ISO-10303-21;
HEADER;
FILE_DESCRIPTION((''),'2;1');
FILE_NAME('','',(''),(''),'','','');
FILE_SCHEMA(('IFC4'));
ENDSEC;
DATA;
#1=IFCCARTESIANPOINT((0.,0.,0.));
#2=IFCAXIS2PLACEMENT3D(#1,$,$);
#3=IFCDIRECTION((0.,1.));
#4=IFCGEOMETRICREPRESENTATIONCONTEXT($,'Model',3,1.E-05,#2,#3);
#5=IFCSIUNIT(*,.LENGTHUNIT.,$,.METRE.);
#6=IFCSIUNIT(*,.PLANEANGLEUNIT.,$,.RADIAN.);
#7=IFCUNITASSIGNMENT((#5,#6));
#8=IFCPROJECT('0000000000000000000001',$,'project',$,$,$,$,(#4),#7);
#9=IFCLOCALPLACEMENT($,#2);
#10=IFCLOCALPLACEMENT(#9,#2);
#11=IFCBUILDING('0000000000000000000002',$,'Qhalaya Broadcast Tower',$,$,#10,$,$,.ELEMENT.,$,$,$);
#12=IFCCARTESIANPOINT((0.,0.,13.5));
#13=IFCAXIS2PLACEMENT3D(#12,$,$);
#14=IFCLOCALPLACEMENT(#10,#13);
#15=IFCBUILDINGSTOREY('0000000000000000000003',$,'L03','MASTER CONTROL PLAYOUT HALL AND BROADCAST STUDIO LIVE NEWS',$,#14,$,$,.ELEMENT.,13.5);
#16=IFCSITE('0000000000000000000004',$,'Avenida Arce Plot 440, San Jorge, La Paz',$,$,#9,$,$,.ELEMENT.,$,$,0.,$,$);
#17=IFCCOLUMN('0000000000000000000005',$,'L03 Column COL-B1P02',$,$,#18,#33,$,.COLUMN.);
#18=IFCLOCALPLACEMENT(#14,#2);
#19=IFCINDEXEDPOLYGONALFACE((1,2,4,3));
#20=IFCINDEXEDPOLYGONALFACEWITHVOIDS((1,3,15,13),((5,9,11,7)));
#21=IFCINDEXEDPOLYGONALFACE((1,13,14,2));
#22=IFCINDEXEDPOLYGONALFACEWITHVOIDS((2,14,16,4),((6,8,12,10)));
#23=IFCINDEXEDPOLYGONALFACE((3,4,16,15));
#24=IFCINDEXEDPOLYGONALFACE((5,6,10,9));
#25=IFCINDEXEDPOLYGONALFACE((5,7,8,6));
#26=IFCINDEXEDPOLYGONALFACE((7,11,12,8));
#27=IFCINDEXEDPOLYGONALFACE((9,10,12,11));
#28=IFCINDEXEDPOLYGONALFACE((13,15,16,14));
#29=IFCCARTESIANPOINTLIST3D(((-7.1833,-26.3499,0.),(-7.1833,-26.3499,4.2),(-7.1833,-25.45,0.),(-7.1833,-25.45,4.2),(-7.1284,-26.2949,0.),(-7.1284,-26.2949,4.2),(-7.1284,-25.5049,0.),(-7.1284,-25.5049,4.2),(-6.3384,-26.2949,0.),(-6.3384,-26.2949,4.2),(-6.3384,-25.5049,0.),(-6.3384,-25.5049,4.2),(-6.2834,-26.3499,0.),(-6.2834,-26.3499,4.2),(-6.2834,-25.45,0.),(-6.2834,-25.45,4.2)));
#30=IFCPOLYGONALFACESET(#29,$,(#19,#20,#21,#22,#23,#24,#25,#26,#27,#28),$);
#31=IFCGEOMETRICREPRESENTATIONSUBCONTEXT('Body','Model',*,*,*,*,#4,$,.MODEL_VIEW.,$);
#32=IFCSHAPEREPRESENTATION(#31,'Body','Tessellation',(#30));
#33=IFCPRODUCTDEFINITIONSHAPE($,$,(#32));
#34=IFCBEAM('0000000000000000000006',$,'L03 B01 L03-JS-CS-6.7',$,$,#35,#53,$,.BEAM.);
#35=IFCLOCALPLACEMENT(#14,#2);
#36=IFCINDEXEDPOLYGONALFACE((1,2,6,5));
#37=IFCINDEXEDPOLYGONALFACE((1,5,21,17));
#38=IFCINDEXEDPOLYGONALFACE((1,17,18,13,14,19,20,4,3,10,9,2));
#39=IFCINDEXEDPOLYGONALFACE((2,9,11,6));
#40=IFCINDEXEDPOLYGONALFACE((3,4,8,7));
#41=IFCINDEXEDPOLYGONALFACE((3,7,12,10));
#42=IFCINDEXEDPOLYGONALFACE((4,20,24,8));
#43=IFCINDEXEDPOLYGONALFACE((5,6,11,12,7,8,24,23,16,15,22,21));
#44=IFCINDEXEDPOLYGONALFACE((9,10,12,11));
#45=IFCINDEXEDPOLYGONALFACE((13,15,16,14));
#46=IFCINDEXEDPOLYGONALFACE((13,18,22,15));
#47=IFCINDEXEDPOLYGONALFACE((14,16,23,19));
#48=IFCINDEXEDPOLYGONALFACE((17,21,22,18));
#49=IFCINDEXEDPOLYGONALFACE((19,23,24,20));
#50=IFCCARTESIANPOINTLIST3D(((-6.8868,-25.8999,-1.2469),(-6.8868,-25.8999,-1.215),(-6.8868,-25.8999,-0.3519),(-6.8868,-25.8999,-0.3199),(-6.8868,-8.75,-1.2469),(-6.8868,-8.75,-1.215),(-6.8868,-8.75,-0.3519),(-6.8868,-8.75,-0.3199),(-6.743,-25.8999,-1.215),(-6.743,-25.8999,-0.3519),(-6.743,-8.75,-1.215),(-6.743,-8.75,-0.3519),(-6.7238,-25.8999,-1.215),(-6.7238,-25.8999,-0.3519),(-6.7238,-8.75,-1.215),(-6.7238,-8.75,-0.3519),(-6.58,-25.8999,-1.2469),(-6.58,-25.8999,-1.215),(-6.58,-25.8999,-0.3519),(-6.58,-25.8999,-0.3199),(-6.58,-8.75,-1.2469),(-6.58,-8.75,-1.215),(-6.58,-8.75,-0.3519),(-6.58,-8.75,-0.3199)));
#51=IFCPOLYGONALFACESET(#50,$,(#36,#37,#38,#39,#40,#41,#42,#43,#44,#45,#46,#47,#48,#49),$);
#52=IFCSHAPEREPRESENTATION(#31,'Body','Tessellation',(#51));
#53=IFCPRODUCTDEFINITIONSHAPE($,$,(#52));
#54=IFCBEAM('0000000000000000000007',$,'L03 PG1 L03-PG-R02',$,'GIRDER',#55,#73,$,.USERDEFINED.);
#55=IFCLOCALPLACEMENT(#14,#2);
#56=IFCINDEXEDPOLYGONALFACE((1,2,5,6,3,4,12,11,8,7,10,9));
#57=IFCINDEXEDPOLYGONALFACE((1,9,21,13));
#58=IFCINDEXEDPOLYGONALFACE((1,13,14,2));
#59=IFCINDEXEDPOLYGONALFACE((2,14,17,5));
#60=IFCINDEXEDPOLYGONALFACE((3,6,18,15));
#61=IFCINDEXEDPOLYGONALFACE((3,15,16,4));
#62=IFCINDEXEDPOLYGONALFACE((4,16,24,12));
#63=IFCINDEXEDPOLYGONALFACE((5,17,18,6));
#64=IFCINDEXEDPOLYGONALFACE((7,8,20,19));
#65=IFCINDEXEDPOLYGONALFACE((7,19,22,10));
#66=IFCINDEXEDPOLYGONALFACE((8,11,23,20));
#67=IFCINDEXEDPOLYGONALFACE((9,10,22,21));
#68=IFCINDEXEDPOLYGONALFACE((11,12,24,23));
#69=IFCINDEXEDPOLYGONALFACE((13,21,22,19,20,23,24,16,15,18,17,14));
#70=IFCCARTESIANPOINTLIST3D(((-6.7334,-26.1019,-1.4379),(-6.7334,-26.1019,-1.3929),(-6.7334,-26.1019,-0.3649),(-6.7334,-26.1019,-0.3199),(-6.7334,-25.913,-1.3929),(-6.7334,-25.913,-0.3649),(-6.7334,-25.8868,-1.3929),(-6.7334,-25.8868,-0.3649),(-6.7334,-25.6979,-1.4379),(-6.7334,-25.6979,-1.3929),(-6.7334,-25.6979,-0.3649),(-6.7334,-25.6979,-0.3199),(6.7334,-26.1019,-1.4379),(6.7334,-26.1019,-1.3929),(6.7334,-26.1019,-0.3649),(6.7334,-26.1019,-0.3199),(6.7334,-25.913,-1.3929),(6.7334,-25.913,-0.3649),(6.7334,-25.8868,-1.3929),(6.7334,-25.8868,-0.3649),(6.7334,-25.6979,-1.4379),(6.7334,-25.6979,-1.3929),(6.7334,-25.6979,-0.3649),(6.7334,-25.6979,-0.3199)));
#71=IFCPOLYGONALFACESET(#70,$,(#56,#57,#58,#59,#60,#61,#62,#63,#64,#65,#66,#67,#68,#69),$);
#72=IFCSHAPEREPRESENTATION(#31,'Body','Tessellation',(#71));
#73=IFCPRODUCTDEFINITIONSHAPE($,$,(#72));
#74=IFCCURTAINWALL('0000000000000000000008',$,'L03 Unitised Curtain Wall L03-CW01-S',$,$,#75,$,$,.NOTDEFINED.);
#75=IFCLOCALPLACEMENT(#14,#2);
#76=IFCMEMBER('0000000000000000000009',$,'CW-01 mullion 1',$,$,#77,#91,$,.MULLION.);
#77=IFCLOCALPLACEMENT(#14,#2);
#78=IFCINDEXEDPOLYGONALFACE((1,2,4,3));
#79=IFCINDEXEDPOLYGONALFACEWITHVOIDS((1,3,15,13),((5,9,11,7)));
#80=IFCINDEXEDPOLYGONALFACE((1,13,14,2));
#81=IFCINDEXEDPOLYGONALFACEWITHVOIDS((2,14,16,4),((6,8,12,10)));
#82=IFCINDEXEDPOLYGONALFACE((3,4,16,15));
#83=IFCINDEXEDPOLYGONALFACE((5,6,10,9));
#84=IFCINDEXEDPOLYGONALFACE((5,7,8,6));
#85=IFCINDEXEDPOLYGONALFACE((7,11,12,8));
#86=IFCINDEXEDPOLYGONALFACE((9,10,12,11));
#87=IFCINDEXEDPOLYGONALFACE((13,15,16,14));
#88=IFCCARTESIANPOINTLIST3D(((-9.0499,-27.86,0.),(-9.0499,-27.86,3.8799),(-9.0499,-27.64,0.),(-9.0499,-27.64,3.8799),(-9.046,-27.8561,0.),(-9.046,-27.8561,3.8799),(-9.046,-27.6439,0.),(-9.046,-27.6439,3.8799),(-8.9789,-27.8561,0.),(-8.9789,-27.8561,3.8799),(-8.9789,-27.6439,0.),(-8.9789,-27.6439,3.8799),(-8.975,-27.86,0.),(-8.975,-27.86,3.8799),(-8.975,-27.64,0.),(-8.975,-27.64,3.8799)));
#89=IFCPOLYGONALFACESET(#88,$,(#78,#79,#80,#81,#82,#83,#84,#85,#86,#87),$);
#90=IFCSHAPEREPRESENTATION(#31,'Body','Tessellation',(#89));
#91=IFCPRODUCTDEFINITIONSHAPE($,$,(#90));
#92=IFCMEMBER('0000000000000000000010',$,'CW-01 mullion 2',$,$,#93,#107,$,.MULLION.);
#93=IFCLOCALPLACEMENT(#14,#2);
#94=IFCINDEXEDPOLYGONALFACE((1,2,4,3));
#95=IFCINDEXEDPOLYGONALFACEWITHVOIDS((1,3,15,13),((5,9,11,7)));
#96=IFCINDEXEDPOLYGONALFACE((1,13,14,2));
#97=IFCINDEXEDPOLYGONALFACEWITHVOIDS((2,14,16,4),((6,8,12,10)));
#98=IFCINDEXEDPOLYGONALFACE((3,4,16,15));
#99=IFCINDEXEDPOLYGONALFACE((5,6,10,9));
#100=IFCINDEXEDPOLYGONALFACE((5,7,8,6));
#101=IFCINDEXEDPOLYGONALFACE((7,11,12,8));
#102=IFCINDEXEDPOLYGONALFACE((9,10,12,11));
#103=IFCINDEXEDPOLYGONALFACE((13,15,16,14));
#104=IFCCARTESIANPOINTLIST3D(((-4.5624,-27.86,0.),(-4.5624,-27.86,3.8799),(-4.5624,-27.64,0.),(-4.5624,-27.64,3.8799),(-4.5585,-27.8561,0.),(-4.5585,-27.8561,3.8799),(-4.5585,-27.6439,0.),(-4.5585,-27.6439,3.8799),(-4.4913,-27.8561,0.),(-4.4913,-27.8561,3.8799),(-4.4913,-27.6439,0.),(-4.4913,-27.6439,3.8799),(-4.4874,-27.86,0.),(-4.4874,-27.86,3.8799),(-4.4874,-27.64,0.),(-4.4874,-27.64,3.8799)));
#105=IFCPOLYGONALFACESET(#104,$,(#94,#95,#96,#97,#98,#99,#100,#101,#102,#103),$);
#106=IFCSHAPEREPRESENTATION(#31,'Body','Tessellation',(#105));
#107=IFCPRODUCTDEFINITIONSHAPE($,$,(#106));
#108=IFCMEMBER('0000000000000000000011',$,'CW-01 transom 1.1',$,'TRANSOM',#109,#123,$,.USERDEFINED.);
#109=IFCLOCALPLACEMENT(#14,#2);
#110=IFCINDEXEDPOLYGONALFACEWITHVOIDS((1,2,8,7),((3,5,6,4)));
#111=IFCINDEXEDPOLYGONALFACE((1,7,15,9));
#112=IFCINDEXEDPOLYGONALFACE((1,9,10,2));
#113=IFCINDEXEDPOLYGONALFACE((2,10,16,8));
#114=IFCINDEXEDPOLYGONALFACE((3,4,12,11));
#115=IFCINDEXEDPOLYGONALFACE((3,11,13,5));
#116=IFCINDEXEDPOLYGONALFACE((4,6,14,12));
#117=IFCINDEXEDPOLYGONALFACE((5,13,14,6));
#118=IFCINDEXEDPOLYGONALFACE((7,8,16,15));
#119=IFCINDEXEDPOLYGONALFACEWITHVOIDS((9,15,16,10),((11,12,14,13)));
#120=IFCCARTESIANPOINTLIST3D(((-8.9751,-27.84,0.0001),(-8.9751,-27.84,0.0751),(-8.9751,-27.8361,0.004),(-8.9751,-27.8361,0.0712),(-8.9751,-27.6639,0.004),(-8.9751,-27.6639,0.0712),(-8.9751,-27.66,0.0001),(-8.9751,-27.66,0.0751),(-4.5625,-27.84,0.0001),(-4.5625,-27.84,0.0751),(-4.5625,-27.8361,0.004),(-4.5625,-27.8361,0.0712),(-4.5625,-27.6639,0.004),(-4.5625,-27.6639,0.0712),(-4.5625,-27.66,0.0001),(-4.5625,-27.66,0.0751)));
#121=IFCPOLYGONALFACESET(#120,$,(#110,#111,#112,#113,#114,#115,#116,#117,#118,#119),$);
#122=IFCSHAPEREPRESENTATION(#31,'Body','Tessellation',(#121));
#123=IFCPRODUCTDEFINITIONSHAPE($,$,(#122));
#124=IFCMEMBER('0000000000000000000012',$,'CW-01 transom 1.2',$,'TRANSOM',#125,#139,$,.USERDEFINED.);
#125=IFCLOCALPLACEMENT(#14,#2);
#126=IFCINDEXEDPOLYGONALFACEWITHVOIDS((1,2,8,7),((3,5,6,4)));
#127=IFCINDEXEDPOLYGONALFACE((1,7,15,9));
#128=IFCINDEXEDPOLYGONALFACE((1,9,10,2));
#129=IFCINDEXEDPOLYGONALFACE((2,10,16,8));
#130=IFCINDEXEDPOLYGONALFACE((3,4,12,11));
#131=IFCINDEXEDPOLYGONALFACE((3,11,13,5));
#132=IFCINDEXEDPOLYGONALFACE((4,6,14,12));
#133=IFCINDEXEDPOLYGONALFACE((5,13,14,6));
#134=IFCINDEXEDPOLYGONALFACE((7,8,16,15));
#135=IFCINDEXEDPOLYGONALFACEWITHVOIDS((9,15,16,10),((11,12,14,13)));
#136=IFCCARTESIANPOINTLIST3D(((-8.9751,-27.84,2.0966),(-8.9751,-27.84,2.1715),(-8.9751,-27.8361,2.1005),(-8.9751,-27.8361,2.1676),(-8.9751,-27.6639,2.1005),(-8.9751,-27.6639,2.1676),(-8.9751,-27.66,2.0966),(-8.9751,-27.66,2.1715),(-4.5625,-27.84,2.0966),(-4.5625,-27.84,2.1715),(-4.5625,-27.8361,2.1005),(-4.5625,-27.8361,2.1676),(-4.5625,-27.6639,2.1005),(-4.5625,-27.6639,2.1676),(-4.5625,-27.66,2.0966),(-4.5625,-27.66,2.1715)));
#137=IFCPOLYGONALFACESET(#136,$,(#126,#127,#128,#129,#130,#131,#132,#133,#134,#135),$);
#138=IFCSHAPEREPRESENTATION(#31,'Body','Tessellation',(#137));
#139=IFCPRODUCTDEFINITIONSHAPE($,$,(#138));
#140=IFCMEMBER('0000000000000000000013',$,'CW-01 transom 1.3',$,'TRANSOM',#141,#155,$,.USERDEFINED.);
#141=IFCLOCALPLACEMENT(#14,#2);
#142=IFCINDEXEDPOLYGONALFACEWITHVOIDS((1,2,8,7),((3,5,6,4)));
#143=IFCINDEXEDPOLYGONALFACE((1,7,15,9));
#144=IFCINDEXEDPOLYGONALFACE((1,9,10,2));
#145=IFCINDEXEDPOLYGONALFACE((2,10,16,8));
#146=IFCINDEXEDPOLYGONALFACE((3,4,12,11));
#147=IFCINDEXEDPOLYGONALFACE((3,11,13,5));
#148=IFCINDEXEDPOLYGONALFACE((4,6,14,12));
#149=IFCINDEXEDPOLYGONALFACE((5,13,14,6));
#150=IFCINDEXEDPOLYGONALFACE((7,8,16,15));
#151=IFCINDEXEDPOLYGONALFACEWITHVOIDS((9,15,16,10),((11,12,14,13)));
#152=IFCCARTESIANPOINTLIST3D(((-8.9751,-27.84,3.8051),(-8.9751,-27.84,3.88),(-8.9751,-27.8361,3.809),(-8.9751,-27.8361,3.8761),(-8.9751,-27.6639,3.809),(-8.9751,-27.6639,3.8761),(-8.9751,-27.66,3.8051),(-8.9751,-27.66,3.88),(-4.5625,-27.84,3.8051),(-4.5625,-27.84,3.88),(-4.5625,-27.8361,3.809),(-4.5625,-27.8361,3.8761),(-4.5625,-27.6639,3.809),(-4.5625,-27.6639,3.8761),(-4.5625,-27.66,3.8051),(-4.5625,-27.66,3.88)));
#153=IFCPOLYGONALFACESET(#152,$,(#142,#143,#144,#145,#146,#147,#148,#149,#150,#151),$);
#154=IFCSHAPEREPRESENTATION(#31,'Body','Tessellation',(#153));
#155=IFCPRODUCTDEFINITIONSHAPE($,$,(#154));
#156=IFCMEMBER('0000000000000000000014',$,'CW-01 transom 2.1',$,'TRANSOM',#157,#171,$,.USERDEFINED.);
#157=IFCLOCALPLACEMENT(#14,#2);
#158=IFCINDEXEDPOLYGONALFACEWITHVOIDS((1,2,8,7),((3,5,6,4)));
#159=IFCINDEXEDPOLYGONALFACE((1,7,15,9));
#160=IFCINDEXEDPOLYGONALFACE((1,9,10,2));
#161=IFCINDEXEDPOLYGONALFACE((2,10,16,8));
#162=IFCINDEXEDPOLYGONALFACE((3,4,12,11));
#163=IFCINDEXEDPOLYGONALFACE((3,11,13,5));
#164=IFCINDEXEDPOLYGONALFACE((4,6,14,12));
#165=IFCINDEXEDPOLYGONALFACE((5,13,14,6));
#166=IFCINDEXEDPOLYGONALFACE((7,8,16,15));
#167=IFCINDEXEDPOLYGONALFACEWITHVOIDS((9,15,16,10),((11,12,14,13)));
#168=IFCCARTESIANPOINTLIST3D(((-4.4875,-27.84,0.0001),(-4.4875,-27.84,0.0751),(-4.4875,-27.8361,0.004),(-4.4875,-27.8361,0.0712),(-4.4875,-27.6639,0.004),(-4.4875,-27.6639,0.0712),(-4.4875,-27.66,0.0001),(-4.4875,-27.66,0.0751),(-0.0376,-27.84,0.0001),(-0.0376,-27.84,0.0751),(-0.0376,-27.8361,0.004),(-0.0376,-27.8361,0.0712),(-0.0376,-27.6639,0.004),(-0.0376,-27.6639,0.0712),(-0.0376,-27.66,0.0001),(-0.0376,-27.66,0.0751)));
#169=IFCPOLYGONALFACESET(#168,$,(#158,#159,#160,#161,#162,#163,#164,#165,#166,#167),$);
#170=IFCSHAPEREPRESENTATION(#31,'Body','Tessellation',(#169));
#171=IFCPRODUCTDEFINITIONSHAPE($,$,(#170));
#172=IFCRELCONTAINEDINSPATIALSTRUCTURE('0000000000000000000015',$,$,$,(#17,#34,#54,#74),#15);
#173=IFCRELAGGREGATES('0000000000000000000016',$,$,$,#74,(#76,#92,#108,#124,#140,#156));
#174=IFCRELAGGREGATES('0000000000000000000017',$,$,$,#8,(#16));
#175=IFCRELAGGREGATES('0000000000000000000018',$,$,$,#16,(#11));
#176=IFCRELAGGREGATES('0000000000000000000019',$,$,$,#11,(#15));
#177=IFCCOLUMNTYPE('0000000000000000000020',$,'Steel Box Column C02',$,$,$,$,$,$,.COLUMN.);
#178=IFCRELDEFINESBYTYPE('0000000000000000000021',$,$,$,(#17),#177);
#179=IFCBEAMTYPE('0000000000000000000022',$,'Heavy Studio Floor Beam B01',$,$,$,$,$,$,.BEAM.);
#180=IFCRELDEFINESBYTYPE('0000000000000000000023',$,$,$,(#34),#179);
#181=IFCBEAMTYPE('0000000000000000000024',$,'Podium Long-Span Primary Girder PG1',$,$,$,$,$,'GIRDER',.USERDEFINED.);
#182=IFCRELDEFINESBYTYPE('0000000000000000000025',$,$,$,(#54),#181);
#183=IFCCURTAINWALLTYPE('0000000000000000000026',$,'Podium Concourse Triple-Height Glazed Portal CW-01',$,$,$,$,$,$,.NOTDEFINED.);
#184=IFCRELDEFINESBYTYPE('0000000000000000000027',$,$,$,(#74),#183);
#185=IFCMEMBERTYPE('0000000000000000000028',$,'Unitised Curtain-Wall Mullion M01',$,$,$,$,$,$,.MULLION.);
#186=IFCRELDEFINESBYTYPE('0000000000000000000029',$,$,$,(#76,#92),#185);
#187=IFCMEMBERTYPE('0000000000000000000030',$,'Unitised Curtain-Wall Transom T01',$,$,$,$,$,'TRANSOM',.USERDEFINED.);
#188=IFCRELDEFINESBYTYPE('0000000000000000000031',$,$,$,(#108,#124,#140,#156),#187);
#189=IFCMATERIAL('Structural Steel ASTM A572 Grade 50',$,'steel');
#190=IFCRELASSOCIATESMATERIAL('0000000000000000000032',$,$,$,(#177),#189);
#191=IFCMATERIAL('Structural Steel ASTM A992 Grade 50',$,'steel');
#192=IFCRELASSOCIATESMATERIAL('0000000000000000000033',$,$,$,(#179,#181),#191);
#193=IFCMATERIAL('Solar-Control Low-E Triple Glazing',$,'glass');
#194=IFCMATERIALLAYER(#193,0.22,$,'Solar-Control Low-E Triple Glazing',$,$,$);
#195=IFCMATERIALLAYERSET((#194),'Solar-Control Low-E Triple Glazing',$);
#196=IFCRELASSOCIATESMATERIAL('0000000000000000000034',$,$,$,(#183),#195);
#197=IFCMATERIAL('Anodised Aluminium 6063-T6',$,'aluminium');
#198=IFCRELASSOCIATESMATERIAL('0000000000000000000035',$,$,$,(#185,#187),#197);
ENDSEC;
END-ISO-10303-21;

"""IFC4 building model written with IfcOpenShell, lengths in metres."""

from ifc_helpers import new_model, si_unit, direction, frame, origin, origin_2d, place, context, subcontext, project, spatial, hollow_rectangle, i_section, extrude, material, layer, layer_set, material_profile, profile_set, type_object, element, aggregate, save


model = new_model("IFC4")

# Units and contexts
model_context = context("Model", 3, precision=1e-05, world=origin(), true_north=direction((0.0, 1.0)))
body_context = subcontext(model_context, "Body", "Model", "MODEL_VIEW")
ifc_project = project(units=[si_unit("LENGTHUNIT", "METRE"), si_unit("PLANEANGLEUNIT", "RADIAN")], contexts=[model_context])

# Site, building, storey
site_placement = place(None, origin())
site = spatial("IfcSite", under=ifc_project, at=site_placement, Name="Avenida Arce Plot 440, San Jorge, La Paz", CompositionType="ELEMENT", RefElevation=0.0)
building_placement = place(site_placement, origin())
building = spatial("IfcBuilding", under=site, at=building_placement, Name="Qhalaya Broadcast Tower", CompositionType="ELEMENT")
storey_placement = place(building_placement, frame((0.0, 0.0, 13.5)))
storey = spatial("IfcBuildingStorey", under=building, at=storey_placement, Name="L03", Description="MASTER CONTROL PLAYOUT HALL AND BROADCAST STUDIO LIVE NEWS", CompositionType="ELEMENT", Elevation=13.5)

# Column
ifc_material_1 = material(Name="Structural Steel ASTM A572 Grade 50", Category="steel")
ifc_material_profile_1 = material_profile(ifc_material_1, hollow_rectangle(XDim=0.8999, YDim=0.8999, WallThickness=0.0549, at=origin_2d()), Name="BOX 900x900x55")
ifc_profile_set_1 = profile_set([ifc_material_profile_1], Name="Structural Steel ASTM A572 Grade 50")
column_type = type_object("IfcColumnType", Name="Steel Box Column C02", PredefinedType="COLUMN", material=ifc_profile_set_1)
column_placement = place(storey_placement, frame((-6.7334, -25.8999, 0.0), z_axis=(0.0, 0.0, 1.0), x_axis=(1.0, 0.0, 0.0)))
element("IfcColumn", 1, at=column_placement, inside=storey, type_object=column_type, Name="L03 Column COL-B1P02", PredefinedType="COLUMN", context=body_context, shape_type="SweptSolid", body=[
    extrude(hollow_rectangle(XDim=0.8999, YDim=0.8999, WallThickness=0.0549, at=origin_2d()), origin(), (0.0, 0.0, 1.0), 4.2),
])

# Beams
ifc_material_2 = material(Name="Structural Steel ASTM A992 Grade 50", Category="steel")
ifc_material_profile_2 = material_profile(ifc_material_2, i_section(OverallWidth=0.3069, OverallDepth=0.927, WebThickness=0.0193, FlangeThickness=0.032, at=origin_2d()), Name="W36X194")
ifc_profile_set_2 = profile_set([ifc_material_profile_2], Name="Structural Steel ASTM A992 Grade 50")
beam_type_1 = type_object("IfcBeamType", Name="Heavy Studio Floor Beam B01", PredefinedType="BEAM", material=ifc_profile_set_2)
beam_1_placement = place(storey_placement, frame((-6.7334, -25.8999, -0.7834), z_axis=(0.0, 1.0, 0.0), x_axis=(-1.0, 0.0, 0.0)))
element("IfcBeam", 2, at=beam_1_placement, inside=storey, type_object=beam_type_1, Name="L03 B01 L03-JS-CS-6.7", PredefinedType="BEAM", context=body_context, shape_type="SweptSolid", body=[
    extrude(i_section(OverallWidth=0.3069, OverallDepth=0.927, WebThickness=0.0193, FlangeThickness=0.032, at=origin_2d()), origin(), (0.0, 0.0, 1.0), 17.1499),
])
ifc_material_profile_3 = material_profile(ifc_material_2, i_section(OverallWidth=0.4041, OverallDepth=1.1179, WebThickness=0.0261, FlangeThickness=0.0449, at=origin_2d()), Name="W44X335")
ifc_profile_set_3 = profile_set([ifc_material_profile_3], Name="Structural Steel ASTM A992 Grade 50")
beam_type_2 = type_object("IfcBeamType", Name="Podium Long-Span Primary Girder PG1", ElementType="GIRDER", PredefinedType="USERDEFINED", material=ifc_profile_set_3)
beam_2_placement = place(storey_placement, frame((-6.7334, -25.8999, -0.8789), z_axis=(1.0, 0.0, 0.0), x_axis=(0.0, 1.0, 0.0)))
element("IfcBeam", 3, at=beam_2_placement, inside=storey, type_object=beam_type_2, Name="L03 PG1 L03-PG-R02", ObjectType="GIRDER", PredefinedType="USERDEFINED", context=body_context, shape_type="SweptSolid", body=[
    extrude(i_section(OverallWidth=0.4041, OverallDepth=1.1179, WebThickness=0.0261, FlangeThickness=0.0449, at=origin_2d()), origin(), (0.0, 0.0, 1.0), 13.4668),
])

# Curtain wall, members
ifc_material_3 = material(Name="Solar-Control Low-E Triple Glazing", Category="glass")
ifc_layer_1 = layer(ifc_material_3, 0.22, Name="Solar-Control Low-E Triple Glazing")
ifc_layer_set_1 = layer_set([ifc_layer_1], Name="Solar-Control Low-E Triple Glazing")
curtain_wall_type = type_object("IfcCurtainWallType", Name="Podium Concourse Triple-Height Glazed Portal CW-01", PredefinedType="NOTDEFINED", material=ifc_layer_set_1)
curtain_wall_placement = place(storey_placement, origin())
curtain_wall = element("IfcCurtainWall", 4, at=curtain_wall_placement, inside=storey, type_object=curtain_wall_type, Name="L03 Unitised Curtain Wall L03-CW01-S", PredefinedType="NOTDEFINED")
ifc_material_4 = material(Name="Anodised Aluminium 6063-T6", Category="aluminium")
ifc_material_profile_4 = material_profile(ifc_material_4, hollow_rectangle(XDim=0.075, YDim=0.22, WallThickness=0.0039, at=origin_2d()), Name="ALU-MUL 75x220x4")
ifc_profile_set_4 = profile_set([ifc_material_profile_4], Name="Anodised Aluminium 6063-T6")
member_type_1 = type_object("IfcMemberType", Name="Unitised Curtain-Wall Mullion M01", PredefinedType="MULLION", material=ifc_profile_set_4)
member_1_placement = place(storey_placement, frame((-9.0125, -27.75, 0.0), z_axis=(0.0, 0.0, 1.0), x_axis=(1.0, 0.0, 0.0)))
member_1 = element("IfcMember", 5, at=member_1_placement, type_object=member_type_1, Name="CW-01 mullion 1", PredefinedType="MULLION", context=body_context, shape_type="SweptSolid", body=[
    extrude(hollow_rectangle(XDim=0.075, YDim=0.22, WallThickness=0.0039, at=origin_2d()), origin(), (0.0, 0.0, 1.0), 3.8799),
])
member_2_placement = place(storey_placement, frame((-4.5249, -27.75, 0.0), z_axis=(0.0, 0.0, 1.0), x_axis=(1.0, 0.0, 0.0)))
member_2 = element("IfcMember", 6, at=member_2_placement, type_object=member_type_1, Name="CW-01 mullion 2", PredefinedType="MULLION", context=body_context, shape_type="SweptSolid", body=[
    extrude(hollow_rectangle(XDim=0.075, YDim=0.22, WallThickness=0.0039, at=origin_2d()), origin(), (0.0, 0.0, 1.0), 3.8799),
])
ifc_material_profile_5 = material_profile(ifc_material_4, hollow_rectangle(XDim=0.075, YDim=0.1799, WallThickness=0.0039, at=origin_2d()), Name="ALU-TRN 75x180x4")
ifc_profile_set_5 = profile_set([ifc_material_profile_5], Name="Anodised Aluminium 6063-T6")
member_type_2 = type_object("IfcMemberType", Name="Unitised Curtain-Wall Transom T01", ElementType="TRANSOM", PredefinedType="USERDEFINED", material=ifc_profile_set_5)
member_3_placement = place(storey_placement, frame((-8.9751, -27.75, 0.0376), z_axis=(1.0, 0.0, 0.0), x_axis=(0.0, 0.0, 1.0)))
member_3 = element("IfcMember", 7, at=member_3_placement, type_object=member_type_2, Name="CW-01 transom 1.1", ObjectType="TRANSOM", PredefinedType="USERDEFINED", context=body_context, shape_type="SweptSolid", body=[
    extrude(hollow_rectangle(XDim=0.075, YDim=0.1799, WallThickness=0.0039, at=origin_2d()), origin(), (0.0, 0.0, 1.0), 4.4126),
])
member_4_placement = place(storey_placement, frame((-8.9751, -27.75, 2.134), z_axis=(1.0, 0.0, 0.0), x_axis=(0.0, 0.0, 1.0)))
member_4 = element("IfcMember", 8, at=member_4_placement, type_object=member_type_2, Name="CW-01 transom 1.2", ObjectType="TRANSOM", PredefinedType="USERDEFINED", context=body_context, shape_type="SweptSolid", body=[
    extrude(hollow_rectangle(XDim=0.075, YDim=0.1799, WallThickness=0.0039, at=origin_2d()), origin(), (0.0, 0.0, 1.0), 4.4126),
])
member_5_placement = place(storey_placement, frame((-8.9751, -27.75, 3.8425), z_axis=(1.0, 0.0, 0.0), x_axis=(0.0, 0.0, 1.0)))
member_5 = element("IfcMember", 9, at=member_5_placement, type_object=member_type_2, Name="CW-01 transom 1.3", ObjectType="TRANSOM", PredefinedType="USERDEFINED", context=body_context, shape_type="SweptSolid", body=[
    extrude(hollow_rectangle(XDim=0.075, YDim=0.1799, WallThickness=0.0039, at=origin_2d()), origin(), (0.0, 0.0, 1.0), 4.4126),
])
member_6_placement = place(storey_placement, frame((-4.4875, -27.75, 0.0376), z_axis=(1.0, 0.0, 0.0), x_axis=(0.0, 0.0, 1.0)))
member_6 = element("IfcMember", 10, at=member_6_placement, type_object=member_type_2, Name="CW-01 transom 2.1", ObjectType="TRANSOM", PredefinedType="USERDEFINED", context=body_context, shape_type="SweptSolid", body=[
    extrude(hollow_rectangle(XDim=0.075, YDim=0.1799, WallThickness=0.0039, at=origin_2d()), origin(), (0.0, 0.0, 1.0), 4.45),
])
aggregate(curtain_wall, [member_1, member_2, member_3, member_4, member_5, member_6])

save(model, "model.ifc")
